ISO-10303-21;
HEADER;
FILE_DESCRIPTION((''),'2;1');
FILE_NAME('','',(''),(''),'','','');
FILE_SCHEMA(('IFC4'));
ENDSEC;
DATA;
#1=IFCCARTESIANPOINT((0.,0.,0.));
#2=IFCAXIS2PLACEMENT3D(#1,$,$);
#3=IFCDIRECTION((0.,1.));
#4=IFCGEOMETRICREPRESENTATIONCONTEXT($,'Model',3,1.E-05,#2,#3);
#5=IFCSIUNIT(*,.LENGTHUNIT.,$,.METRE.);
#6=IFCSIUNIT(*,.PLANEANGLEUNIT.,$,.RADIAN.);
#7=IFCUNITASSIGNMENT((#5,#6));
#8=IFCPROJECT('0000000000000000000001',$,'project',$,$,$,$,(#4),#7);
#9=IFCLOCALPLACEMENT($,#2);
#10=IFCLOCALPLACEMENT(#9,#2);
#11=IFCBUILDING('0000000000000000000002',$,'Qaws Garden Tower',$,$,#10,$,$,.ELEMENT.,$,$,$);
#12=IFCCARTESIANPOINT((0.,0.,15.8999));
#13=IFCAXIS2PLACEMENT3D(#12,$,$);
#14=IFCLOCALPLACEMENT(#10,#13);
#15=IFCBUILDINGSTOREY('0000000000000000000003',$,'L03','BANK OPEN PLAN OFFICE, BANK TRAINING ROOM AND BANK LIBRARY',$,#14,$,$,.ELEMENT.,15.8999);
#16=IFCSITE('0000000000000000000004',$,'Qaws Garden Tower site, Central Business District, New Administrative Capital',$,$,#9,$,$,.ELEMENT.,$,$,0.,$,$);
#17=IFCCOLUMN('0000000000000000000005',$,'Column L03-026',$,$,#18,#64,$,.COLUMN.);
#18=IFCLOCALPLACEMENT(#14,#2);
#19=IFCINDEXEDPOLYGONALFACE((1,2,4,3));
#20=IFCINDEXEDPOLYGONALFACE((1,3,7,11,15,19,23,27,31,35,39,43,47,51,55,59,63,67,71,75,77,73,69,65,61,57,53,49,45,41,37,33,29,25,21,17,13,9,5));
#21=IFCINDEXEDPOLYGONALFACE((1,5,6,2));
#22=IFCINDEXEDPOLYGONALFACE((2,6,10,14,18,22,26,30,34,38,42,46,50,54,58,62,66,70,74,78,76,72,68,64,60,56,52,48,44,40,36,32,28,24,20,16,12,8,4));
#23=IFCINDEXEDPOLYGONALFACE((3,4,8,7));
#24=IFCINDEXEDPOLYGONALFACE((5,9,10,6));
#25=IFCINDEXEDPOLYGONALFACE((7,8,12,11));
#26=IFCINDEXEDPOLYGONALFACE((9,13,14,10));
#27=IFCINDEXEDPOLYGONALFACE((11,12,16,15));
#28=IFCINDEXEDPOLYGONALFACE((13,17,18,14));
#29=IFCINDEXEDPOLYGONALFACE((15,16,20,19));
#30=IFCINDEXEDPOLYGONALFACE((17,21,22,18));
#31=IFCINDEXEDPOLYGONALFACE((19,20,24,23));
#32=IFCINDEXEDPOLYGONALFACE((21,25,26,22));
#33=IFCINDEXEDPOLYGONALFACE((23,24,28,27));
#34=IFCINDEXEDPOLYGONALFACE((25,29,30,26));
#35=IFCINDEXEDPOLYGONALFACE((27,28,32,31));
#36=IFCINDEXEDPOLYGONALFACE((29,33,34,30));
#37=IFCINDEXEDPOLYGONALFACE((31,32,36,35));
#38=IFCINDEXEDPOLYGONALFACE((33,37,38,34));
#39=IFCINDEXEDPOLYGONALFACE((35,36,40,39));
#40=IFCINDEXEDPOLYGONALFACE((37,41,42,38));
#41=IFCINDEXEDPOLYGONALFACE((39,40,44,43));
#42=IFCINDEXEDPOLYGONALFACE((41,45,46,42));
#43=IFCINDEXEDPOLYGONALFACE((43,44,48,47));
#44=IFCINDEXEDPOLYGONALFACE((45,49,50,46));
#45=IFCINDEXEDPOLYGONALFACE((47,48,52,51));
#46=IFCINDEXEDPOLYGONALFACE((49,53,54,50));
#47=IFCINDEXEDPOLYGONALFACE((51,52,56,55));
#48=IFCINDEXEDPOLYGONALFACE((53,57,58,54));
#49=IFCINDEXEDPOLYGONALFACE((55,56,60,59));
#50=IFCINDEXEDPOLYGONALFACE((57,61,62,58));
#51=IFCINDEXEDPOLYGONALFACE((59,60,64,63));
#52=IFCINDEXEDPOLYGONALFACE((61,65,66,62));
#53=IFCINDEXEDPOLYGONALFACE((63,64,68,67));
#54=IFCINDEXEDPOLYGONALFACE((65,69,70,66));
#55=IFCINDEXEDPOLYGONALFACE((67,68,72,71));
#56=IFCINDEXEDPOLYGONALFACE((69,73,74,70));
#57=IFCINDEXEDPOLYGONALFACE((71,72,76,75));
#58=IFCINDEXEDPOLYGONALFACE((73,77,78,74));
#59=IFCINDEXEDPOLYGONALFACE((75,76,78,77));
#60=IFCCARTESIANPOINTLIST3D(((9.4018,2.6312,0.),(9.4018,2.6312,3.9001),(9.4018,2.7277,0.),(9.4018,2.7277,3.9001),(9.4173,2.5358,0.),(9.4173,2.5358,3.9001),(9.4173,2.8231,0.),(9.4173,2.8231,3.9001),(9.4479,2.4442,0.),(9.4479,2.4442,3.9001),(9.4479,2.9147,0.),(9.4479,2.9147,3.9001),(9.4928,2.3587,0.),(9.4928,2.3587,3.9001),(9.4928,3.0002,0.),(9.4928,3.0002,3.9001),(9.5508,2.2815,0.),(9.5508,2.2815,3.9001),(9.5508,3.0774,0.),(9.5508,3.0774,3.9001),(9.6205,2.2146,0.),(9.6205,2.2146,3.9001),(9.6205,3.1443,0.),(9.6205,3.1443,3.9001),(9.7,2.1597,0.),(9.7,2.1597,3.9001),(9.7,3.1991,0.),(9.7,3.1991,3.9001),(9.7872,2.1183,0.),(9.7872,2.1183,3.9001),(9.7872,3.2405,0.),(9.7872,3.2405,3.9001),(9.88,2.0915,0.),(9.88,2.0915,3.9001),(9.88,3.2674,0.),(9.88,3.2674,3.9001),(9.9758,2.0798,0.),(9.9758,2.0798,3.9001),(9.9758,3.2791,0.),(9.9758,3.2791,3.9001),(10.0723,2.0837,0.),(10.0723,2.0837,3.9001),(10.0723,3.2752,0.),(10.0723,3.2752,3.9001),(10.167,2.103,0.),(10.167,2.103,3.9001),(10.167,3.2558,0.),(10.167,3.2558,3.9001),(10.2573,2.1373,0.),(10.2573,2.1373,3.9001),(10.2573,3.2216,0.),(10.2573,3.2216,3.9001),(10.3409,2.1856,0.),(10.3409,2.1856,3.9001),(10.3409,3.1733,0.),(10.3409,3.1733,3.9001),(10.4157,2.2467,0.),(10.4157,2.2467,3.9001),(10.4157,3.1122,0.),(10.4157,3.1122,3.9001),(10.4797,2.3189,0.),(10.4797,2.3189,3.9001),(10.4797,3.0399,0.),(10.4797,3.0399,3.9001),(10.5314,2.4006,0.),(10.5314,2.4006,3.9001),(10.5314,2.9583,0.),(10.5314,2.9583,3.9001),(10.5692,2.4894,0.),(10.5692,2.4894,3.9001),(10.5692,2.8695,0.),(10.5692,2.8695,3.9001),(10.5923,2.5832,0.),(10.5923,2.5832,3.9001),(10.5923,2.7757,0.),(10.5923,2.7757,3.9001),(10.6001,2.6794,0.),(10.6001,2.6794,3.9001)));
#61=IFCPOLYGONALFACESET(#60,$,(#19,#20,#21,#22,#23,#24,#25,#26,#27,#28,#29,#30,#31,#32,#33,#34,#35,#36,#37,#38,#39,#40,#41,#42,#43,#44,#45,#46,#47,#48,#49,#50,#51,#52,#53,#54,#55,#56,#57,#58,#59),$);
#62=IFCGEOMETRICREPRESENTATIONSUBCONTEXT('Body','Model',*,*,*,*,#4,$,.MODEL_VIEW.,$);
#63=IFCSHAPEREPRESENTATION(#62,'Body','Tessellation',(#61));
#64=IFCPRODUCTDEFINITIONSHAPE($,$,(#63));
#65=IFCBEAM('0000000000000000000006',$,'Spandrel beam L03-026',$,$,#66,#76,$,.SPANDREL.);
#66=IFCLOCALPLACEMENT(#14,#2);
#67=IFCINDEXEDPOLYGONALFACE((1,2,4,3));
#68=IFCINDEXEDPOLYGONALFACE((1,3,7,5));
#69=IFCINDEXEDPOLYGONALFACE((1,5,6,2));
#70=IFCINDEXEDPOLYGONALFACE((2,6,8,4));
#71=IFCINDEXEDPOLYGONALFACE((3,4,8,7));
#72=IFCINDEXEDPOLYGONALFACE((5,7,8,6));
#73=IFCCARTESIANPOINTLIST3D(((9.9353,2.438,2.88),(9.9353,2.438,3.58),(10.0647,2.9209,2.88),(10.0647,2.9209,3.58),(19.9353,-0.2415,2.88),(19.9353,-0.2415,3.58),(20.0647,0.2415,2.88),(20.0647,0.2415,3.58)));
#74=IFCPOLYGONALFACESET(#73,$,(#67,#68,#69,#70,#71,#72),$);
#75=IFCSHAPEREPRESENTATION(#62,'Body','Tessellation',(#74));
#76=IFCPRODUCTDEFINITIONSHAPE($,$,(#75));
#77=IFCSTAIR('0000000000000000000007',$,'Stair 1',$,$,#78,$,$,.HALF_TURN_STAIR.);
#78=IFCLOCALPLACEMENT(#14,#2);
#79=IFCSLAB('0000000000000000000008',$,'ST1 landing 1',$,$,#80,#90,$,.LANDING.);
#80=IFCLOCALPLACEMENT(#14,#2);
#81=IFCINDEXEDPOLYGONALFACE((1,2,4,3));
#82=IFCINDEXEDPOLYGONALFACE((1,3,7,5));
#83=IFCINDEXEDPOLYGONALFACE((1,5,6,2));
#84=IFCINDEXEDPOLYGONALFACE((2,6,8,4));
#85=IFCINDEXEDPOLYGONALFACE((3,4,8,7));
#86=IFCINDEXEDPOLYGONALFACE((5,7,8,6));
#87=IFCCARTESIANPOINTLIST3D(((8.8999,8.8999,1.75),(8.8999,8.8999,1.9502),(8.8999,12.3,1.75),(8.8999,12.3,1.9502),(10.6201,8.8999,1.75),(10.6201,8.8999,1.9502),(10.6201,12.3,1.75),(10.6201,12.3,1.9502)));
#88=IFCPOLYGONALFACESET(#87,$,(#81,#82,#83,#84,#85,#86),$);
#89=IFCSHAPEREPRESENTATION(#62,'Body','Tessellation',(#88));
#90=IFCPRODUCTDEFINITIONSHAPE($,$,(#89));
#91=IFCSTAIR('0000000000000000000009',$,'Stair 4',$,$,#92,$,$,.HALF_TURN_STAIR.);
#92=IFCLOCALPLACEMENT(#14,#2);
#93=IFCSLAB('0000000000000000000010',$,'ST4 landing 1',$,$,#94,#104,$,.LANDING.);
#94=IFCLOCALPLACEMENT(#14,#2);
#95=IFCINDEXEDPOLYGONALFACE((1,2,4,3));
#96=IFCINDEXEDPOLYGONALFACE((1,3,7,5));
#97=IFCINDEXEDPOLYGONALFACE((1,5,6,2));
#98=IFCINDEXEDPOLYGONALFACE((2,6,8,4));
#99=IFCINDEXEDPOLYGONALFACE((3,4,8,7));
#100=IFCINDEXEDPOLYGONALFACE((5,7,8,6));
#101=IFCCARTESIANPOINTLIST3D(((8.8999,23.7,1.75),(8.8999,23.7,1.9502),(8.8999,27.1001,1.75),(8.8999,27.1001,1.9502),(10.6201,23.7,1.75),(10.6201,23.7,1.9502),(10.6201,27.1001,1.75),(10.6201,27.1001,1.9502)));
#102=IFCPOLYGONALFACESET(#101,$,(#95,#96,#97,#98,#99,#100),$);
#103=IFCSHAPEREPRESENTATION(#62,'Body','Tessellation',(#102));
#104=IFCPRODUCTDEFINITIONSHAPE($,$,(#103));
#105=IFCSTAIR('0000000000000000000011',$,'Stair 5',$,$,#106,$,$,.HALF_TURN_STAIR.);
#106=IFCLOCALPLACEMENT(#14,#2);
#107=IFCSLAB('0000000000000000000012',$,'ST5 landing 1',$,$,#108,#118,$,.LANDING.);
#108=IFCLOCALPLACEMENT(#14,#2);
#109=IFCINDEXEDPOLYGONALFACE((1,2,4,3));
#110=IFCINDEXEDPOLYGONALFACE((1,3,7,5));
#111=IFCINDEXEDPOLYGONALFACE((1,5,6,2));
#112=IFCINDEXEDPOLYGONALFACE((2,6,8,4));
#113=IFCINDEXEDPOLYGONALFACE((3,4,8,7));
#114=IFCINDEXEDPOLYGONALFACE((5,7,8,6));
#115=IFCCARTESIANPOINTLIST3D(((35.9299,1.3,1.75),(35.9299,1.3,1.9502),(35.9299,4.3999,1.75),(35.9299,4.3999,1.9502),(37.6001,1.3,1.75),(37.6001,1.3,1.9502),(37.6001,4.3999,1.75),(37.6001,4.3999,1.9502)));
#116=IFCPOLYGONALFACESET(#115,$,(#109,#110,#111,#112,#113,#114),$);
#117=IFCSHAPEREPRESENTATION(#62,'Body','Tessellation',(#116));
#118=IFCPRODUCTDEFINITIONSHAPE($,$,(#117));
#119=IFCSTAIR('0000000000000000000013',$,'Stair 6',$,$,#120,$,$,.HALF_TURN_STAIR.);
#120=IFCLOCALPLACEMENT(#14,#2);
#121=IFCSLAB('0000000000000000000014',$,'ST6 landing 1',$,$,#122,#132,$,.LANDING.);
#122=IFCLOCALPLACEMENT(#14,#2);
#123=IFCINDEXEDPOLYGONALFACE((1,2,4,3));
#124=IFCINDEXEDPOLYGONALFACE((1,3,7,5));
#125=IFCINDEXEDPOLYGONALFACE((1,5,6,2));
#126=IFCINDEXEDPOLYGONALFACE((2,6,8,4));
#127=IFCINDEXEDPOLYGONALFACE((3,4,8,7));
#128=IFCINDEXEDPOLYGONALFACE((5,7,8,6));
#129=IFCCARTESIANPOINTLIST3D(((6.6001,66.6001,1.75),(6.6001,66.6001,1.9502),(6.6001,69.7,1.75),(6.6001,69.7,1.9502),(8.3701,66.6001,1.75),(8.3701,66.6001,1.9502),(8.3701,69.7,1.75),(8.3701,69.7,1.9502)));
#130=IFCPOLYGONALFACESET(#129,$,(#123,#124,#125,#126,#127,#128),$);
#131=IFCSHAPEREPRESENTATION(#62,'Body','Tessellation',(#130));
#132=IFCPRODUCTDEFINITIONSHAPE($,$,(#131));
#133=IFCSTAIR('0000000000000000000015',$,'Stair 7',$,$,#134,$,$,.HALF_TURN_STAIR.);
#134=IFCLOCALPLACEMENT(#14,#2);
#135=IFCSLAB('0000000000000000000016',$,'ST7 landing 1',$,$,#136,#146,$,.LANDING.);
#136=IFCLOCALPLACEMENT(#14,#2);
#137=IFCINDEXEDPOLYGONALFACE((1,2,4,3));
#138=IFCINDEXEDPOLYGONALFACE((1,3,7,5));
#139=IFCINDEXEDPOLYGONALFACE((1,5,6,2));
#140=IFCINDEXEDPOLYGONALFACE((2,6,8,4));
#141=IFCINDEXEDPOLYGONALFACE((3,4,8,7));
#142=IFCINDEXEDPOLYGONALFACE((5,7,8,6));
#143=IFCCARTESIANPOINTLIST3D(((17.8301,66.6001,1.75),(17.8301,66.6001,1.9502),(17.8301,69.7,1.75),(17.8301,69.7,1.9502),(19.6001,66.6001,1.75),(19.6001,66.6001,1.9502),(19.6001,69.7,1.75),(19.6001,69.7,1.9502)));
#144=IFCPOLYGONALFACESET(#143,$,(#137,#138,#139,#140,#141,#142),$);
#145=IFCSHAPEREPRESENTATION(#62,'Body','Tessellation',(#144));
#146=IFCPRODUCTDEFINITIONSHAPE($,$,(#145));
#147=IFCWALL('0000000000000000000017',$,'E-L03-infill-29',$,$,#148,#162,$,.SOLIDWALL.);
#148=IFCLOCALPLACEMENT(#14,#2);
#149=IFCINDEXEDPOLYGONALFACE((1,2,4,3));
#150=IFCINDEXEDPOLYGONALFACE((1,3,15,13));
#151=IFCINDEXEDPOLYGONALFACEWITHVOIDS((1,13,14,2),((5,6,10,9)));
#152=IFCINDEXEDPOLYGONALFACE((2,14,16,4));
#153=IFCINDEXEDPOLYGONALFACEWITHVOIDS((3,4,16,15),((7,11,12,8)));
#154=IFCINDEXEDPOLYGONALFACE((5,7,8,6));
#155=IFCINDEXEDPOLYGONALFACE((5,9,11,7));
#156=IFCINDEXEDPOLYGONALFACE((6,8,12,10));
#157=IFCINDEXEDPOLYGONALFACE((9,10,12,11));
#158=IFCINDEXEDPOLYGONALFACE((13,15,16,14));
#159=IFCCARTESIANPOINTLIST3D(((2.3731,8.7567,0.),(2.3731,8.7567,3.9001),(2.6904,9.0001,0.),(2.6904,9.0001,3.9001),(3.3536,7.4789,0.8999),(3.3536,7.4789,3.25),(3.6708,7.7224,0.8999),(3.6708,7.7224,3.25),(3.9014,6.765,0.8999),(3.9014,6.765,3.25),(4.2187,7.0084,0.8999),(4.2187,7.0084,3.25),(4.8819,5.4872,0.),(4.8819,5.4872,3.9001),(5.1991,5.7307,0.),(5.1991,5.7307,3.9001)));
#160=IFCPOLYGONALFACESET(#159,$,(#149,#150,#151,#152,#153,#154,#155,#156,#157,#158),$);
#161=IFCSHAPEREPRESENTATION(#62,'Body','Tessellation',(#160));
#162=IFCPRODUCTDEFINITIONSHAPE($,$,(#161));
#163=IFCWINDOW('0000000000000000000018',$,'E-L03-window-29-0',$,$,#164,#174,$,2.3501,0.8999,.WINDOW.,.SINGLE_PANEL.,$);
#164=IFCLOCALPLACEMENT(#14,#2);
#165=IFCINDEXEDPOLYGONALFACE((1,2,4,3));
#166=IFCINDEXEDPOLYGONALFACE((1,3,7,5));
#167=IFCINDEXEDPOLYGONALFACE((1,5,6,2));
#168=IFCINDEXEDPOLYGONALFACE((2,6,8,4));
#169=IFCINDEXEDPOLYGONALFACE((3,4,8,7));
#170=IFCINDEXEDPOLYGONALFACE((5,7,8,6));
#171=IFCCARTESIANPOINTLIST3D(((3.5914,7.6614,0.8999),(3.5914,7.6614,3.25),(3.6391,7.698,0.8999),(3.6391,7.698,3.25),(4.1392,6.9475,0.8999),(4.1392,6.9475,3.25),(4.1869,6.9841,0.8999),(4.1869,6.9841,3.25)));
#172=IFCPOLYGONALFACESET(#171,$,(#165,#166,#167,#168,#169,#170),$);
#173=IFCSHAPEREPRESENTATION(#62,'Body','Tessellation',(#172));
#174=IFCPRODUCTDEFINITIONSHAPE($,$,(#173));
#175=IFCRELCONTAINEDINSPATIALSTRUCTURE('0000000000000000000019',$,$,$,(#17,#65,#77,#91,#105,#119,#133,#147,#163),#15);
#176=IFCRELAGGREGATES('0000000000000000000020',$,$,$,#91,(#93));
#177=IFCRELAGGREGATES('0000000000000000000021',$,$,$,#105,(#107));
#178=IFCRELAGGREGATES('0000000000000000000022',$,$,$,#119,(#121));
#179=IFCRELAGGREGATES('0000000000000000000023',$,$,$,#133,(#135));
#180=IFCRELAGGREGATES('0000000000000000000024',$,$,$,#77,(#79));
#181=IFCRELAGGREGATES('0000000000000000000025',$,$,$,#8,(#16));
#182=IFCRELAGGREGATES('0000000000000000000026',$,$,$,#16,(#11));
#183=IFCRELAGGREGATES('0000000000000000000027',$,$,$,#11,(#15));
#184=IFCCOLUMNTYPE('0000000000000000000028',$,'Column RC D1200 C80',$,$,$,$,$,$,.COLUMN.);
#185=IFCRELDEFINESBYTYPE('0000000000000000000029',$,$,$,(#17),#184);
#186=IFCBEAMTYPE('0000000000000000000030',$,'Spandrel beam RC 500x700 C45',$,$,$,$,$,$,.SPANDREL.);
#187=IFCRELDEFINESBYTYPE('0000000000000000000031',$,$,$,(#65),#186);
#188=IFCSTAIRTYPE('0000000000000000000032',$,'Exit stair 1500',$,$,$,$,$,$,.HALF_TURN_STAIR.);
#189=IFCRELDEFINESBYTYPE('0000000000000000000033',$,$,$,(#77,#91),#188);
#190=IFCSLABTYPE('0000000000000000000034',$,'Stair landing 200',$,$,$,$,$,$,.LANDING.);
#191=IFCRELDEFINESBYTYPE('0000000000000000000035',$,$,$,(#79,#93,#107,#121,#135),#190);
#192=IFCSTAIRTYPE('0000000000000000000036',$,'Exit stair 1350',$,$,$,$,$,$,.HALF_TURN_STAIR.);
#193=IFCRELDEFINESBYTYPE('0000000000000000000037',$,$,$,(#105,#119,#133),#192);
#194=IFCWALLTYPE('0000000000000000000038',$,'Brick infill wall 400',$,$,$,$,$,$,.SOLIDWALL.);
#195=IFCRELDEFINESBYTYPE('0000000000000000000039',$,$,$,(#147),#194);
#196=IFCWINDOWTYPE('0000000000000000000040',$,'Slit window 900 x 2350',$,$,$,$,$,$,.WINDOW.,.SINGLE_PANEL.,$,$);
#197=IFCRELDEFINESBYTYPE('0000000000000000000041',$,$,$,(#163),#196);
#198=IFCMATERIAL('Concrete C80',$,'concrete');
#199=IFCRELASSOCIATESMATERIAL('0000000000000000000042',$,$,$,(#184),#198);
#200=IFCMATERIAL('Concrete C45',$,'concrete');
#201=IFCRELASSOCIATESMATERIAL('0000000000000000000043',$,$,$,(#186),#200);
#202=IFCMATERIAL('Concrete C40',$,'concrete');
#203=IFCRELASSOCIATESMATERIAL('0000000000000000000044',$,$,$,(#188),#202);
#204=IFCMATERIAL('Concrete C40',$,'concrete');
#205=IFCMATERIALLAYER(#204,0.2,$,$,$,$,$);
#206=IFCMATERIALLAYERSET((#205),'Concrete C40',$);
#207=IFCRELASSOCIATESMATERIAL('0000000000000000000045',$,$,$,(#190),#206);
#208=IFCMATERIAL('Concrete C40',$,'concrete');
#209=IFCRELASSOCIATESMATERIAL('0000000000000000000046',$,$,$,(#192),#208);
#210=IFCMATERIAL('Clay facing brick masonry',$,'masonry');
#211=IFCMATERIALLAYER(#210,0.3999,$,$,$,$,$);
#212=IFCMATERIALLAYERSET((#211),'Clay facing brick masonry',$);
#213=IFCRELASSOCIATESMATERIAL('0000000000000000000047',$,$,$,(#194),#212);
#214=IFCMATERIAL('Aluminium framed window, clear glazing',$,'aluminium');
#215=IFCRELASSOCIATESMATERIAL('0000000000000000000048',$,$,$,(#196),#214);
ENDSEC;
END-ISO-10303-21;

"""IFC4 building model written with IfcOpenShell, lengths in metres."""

from ifc_helpers import new_model, si_unit, direction, frame, frame_2d, origin, origin_2d, place, context, subcontext, project, spatial, polyline, rectangle, circle, outline, extrude, material, layer, layer_set, material_profile, profile_set, type_object, element, fill, aggregate, save


model = new_model("IFC4")

# Units and contexts
model_context = context("Model", 3, precision=1e-05, world=origin(), true_north=direction((0.0, 1.0)))
body_context = subcontext(model_context, "Body", "Model", "MODEL_VIEW")
ifc_project = project(units=[si_unit("LENGTHUNIT", "METRE"), si_unit("PLANEANGLEUNIT", "RADIAN")], contexts=[model_context])

# Site, building, storey
site_placement = place(None, origin())
site = spatial("IfcSite", under=ifc_project, at=site_placement, Name="Qaws Garden Tower site, Central Business District, New Administrative Capital", CompositionType="ELEMENT", RefElevation=0.0)
building_placement = place(site_placement, origin())
building = spatial("IfcBuilding", under=site, at=building_placement, Name="Qaws Garden Tower", CompositionType="ELEMENT")
storey_placement = place(building_placement, frame((0.0, 0.0, 15.8999)))
storey = spatial("IfcBuildingStorey", under=building, at=storey_placement, Name="L03", Description="BANK OPEN PLAN OFFICE, BANK TRAINING ROOM AND BANK LIBRARY", CompositionType="ELEMENT", Elevation=15.8999)

# Column
ifc_material_1 = material(Name="Concrete C80", Category="concrete")
ifc_material_profile_1 = material_profile(ifc_material_1, circle(Radius=0.6001, at=origin_2d()), Name="RC D1200")
ifc_profile_set_1 = profile_set([ifc_material_profile_1], Name="Concrete C80")
column_type = type_object("IfcColumnType", Name="Column RC D1200 C80", PredefinedType="COLUMN", material=ifc_profile_set_1)
column_placement = place(storey_placement, frame((10.0, 2.6794, 0.0), z_axis=(0.0, 0.0, 1.0), x_axis=(1.0, 0.0, 0.0)))
element("IfcColumn", 1, at=column_placement, inside=storey, type_object=column_type, Name="Column L03-026", PredefinedType="COLUMN", context=body_context, shape_type="SweptSolid", body=[
    extrude(circle(Radius=0.6001, at=origin_2d()), origin(), (0.0, 0.0, 1.0), 3.9001),
])

# Beam
ifc_material_2 = material(Name="Concrete C45", Category="concrete")
ifc_material_profile_2 = material_profile(ifc_material_2, rectangle(XDim=0.5, YDim=0.7, at=origin_2d()), Name="RC 500x700")
ifc_profile_set_2 = profile_set([ifc_material_profile_2], Name="Concrete C45")
beam_type = type_object("IfcBeamType", Name="Spandrel beam RC 500x700 C45", PredefinedType="SPANDREL", material=ifc_profile_set_2)
beam_placement = place(storey_placement, frame((10.0, 2.6794, 3.23), z_axis=(0.965927, -0.258815, 0.0), x_axis=(0.258815, 0.965927, 0.0)))
element("IfcBeam", 2, at=beam_placement, inside=storey, type_object=beam_type, Name="Spandrel beam L03-026", PredefinedType="SPANDREL", context=body_context, shape_type="SweptSolid", body=[
    extrude(rectangle(XDim=0.5, YDim=0.7, at=origin_2d()), origin(), (0.0, 0.0, 1.0), 10.3528),
])

# Stairs, slabs
ifc_material_3 = material(Name="Concrete C40", Category="concrete")
stair_type_1 = type_object("IfcStairType", Name="Exit stair 1500", PredefinedType="HALF_TURN_STAIR", material=ifc_material_3)
placement_1 = place(storey_placement, origin())
stair_1 = element("IfcStair", 3, at=placement_1, inside=storey, type_object=stair_type_1, Name="Stair 1", PredefinedType="HALF_TURN_STAIR")
ifc_material_4 = material(Name="Concrete C40", Category="concrete")
ifc_layer_1 = layer(ifc_material_4, 0.2)
ifc_layer_set_1 = layer_set([ifc_layer_1], Name="Concrete C40")
slab_type = type_object("IfcSlabType", Name="Stair landing 200", PredefinedType="LANDING", material=ifc_layer_set_1)
placement_2 = place(storey_placement, frame((0.0, 0.0, 1.75)))
slab_1 = element("IfcSlab", 4, at=placement_2, type_object=slab_type, Name="ST1 landing 1", PredefinedType="LANDING", context=body_context, shape_type="SweptSolid", body=[
    extrude(outline(polyline([(8.8999, 8.8999), (10.6201, 8.8999), (10.6201, 12.3), (8.8999, 12.3), (8.8999, 8.8999)])), origin(), (0.0, 0.0, 1.0), 0.2002),
])
stair_2 = element("IfcStair", 5, at=placement_1, inside=storey, type_object=stair_type_1, Name="Stair 4", PredefinedType="HALF_TURN_STAIR")
slab_2 = element("IfcSlab", 6, at=placement_2, type_object=slab_type, Name="ST4 landing 1", PredefinedType="LANDING", context=body_context, shape_type="SweptSolid", body=[
    extrude(outline(polyline([(8.8999, 23.7), (10.6201, 23.7), (10.6201, 27.1001), (8.8999, 27.1001), (8.8999, 23.7)])), origin(), (0.0, 0.0, 1.0), 0.2002),
])
aggregate(stair_2, [slab_2])
ifc_material_5 = material(Name="Concrete C40", Category="concrete")
stair_type_2 = type_object("IfcStairType", Name="Exit stair 1350", PredefinedType="HALF_TURN_STAIR", material=ifc_material_5)
stair_3 = element("IfcStair", 7, at=placement_1, inside=storey, type_object=stair_type_2, Name="Stair 5", PredefinedType="HALF_TURN_STAIR")
slab_3 = element("IfcSlab", 8, at=placement_2, type_object=slab_type, Name="ST5 landing 1", PredefinedType="LANDING", context=body_context, shape_type="SweptSolid", body=[
    extrude(outline(polyline([(35.9299, 1.3), (37.6001, 1.3), (37.6001, 4.3999), (35.9299, 4.3999), (35.9299, 1.3)])), origin(), (0.0, 0.0, 1.0), 0.2002),
])
aggregate(stair_3, [slab_3])
stair_4 = element("IfcStair", 9, at=placement_1, inside=storey, type_object=stair_type_2, Name="Stair 6", PredefinedType="HALF_TURN_STAIR")
slab_4 = element("IfcSlab", 10, at=placement_2, type_object=slab_type, Name="ST6 landing 1", PredefinedType="LANDING", context=body_context, shape_type="SweptSolid", body=[
    extrude(outline(polyline([(6.6001, 66.6001), (8.3701, 66.6001), (8.3701, 69.7), (6.6001, 69.7), (6.6001, 66.6001)])), origin(), (0.0, 0.0, 1.0), 0.2002),
])
aggregate(stair_4, [slab_4])
stair_5 = element("IfcStair", 11, at=placement_1, inside=storey, type_object=stair_type_2, Name="Stair 7", PredefinedType="HALF_TURN_STAIR")
slab_5 = element("IfcSlab", 12, at=placement_2, type_object=slab_type, Name="ST7 landing 1", PredefinedType="LANDING", context=body_context, shape_type="SweptSolid", body=[
    extrude(outline(polyline([(17.8301, 66.6001), (19.6001, 66.6001), (19.6001, 69.7), (17.8301, 69.7), (17.8301, 66.6001)])), origin(), (0.0, 0.0, 1.0), 0.2002),
])
aggregate(stair_5, [slab_5])

# Wall, opening, window
ifc_material_6 = material(Name="Clay facing brick masonry", Category="masonry")
ifc_layer_2 = layer(ifc_material_6, 0.3999)
ifc_layer_set_2 = layer_set([ifc_layer_2], Name="Clay facing brick masonry")
wall_type_1 = type_object("IfcWallType", Name="Brick infill wall 400", PredefinedType="SOLIDWALL", material=ifc_layer_set_2)
wall_1_placement = place(storey_placement, frame((2.5317, 8.8784, 0.0), z_axis=(0.0, 0.0, 1.0), x_axis=(0.60876, -0.793355, 0.0)))
wall_1 = element("IfcWall", 13, at=wall_1_placement, inside=storey, type_object=wall_type_1, Name="E-L03-infill-29", PredefinedType="SOLIDWALL", context=body_context, shape_type="SweptSolid", body=[
    extrude(rectangle(XDim=4.1211, YDim=0.3999, at=frame_2d((2.0605, 0.0))), origin(), (0.0, 0.0, 1.0), 3.9001),
])
opening_1_placement = place(wall_1_placement, frame((1.6106, 0.0, 0.8999)))
opening_1 = element("IfcOpeningElement", 14, at=opening_1_placement, cuts=wall_1, PredefinedType="OPENING", context=body_context, shape_type="SweptSolid", body=[
    extrude(rectangle(XDim=0.8999, YDim=2.3501, at=frame_2d((0.45, 1.175))), frame((0.0, 0.21, 0.0), z_axis=(0.0, -1.0, 0.0), x_axis=(1.0, 0.0, 0.0)), (0.0, 0.0, 1.0), 0.4199),
])
ifc_material_7 = material(Name="Aluminium framed window, clear glazing", Category="aluminium")
window_type = type_object("IfcWindowType", Name="Slit window 900 x 2350", PartitioningType="SINGLE_PANEL", PredefinedType="WINDOW", material=ifc_material_7)
window_1_placement = place(opening_1_placement, origin())
window_1 = element("IfcWindow", 15, at=window_1_placement, inside=storey, type_object=window_type, Name="E-L03-window-29-0", OverallHeight=2.3501, OverallWidth=0.8999, PartitioningType="SINGLE_PANEL", PredefinedType="WINDOW", context=body_context, shape_type="SweptSolid", body=[
    extrude(rectangle(XDim=0.8999, YDim=2.3501, at=frame_2d((0.45, 1.175))), frame((0.0, 0.1599, 0.0), z_axis=(0.0, -1.0, 0.0), x_axis=(1.0, 0.0, 0.0)), (0.0, 0.0, 1.0), 0.0601),
])
fill(opening_1, window_1)

aggregate(stair_1, [slab_1])

save(model, "model.ifc")
